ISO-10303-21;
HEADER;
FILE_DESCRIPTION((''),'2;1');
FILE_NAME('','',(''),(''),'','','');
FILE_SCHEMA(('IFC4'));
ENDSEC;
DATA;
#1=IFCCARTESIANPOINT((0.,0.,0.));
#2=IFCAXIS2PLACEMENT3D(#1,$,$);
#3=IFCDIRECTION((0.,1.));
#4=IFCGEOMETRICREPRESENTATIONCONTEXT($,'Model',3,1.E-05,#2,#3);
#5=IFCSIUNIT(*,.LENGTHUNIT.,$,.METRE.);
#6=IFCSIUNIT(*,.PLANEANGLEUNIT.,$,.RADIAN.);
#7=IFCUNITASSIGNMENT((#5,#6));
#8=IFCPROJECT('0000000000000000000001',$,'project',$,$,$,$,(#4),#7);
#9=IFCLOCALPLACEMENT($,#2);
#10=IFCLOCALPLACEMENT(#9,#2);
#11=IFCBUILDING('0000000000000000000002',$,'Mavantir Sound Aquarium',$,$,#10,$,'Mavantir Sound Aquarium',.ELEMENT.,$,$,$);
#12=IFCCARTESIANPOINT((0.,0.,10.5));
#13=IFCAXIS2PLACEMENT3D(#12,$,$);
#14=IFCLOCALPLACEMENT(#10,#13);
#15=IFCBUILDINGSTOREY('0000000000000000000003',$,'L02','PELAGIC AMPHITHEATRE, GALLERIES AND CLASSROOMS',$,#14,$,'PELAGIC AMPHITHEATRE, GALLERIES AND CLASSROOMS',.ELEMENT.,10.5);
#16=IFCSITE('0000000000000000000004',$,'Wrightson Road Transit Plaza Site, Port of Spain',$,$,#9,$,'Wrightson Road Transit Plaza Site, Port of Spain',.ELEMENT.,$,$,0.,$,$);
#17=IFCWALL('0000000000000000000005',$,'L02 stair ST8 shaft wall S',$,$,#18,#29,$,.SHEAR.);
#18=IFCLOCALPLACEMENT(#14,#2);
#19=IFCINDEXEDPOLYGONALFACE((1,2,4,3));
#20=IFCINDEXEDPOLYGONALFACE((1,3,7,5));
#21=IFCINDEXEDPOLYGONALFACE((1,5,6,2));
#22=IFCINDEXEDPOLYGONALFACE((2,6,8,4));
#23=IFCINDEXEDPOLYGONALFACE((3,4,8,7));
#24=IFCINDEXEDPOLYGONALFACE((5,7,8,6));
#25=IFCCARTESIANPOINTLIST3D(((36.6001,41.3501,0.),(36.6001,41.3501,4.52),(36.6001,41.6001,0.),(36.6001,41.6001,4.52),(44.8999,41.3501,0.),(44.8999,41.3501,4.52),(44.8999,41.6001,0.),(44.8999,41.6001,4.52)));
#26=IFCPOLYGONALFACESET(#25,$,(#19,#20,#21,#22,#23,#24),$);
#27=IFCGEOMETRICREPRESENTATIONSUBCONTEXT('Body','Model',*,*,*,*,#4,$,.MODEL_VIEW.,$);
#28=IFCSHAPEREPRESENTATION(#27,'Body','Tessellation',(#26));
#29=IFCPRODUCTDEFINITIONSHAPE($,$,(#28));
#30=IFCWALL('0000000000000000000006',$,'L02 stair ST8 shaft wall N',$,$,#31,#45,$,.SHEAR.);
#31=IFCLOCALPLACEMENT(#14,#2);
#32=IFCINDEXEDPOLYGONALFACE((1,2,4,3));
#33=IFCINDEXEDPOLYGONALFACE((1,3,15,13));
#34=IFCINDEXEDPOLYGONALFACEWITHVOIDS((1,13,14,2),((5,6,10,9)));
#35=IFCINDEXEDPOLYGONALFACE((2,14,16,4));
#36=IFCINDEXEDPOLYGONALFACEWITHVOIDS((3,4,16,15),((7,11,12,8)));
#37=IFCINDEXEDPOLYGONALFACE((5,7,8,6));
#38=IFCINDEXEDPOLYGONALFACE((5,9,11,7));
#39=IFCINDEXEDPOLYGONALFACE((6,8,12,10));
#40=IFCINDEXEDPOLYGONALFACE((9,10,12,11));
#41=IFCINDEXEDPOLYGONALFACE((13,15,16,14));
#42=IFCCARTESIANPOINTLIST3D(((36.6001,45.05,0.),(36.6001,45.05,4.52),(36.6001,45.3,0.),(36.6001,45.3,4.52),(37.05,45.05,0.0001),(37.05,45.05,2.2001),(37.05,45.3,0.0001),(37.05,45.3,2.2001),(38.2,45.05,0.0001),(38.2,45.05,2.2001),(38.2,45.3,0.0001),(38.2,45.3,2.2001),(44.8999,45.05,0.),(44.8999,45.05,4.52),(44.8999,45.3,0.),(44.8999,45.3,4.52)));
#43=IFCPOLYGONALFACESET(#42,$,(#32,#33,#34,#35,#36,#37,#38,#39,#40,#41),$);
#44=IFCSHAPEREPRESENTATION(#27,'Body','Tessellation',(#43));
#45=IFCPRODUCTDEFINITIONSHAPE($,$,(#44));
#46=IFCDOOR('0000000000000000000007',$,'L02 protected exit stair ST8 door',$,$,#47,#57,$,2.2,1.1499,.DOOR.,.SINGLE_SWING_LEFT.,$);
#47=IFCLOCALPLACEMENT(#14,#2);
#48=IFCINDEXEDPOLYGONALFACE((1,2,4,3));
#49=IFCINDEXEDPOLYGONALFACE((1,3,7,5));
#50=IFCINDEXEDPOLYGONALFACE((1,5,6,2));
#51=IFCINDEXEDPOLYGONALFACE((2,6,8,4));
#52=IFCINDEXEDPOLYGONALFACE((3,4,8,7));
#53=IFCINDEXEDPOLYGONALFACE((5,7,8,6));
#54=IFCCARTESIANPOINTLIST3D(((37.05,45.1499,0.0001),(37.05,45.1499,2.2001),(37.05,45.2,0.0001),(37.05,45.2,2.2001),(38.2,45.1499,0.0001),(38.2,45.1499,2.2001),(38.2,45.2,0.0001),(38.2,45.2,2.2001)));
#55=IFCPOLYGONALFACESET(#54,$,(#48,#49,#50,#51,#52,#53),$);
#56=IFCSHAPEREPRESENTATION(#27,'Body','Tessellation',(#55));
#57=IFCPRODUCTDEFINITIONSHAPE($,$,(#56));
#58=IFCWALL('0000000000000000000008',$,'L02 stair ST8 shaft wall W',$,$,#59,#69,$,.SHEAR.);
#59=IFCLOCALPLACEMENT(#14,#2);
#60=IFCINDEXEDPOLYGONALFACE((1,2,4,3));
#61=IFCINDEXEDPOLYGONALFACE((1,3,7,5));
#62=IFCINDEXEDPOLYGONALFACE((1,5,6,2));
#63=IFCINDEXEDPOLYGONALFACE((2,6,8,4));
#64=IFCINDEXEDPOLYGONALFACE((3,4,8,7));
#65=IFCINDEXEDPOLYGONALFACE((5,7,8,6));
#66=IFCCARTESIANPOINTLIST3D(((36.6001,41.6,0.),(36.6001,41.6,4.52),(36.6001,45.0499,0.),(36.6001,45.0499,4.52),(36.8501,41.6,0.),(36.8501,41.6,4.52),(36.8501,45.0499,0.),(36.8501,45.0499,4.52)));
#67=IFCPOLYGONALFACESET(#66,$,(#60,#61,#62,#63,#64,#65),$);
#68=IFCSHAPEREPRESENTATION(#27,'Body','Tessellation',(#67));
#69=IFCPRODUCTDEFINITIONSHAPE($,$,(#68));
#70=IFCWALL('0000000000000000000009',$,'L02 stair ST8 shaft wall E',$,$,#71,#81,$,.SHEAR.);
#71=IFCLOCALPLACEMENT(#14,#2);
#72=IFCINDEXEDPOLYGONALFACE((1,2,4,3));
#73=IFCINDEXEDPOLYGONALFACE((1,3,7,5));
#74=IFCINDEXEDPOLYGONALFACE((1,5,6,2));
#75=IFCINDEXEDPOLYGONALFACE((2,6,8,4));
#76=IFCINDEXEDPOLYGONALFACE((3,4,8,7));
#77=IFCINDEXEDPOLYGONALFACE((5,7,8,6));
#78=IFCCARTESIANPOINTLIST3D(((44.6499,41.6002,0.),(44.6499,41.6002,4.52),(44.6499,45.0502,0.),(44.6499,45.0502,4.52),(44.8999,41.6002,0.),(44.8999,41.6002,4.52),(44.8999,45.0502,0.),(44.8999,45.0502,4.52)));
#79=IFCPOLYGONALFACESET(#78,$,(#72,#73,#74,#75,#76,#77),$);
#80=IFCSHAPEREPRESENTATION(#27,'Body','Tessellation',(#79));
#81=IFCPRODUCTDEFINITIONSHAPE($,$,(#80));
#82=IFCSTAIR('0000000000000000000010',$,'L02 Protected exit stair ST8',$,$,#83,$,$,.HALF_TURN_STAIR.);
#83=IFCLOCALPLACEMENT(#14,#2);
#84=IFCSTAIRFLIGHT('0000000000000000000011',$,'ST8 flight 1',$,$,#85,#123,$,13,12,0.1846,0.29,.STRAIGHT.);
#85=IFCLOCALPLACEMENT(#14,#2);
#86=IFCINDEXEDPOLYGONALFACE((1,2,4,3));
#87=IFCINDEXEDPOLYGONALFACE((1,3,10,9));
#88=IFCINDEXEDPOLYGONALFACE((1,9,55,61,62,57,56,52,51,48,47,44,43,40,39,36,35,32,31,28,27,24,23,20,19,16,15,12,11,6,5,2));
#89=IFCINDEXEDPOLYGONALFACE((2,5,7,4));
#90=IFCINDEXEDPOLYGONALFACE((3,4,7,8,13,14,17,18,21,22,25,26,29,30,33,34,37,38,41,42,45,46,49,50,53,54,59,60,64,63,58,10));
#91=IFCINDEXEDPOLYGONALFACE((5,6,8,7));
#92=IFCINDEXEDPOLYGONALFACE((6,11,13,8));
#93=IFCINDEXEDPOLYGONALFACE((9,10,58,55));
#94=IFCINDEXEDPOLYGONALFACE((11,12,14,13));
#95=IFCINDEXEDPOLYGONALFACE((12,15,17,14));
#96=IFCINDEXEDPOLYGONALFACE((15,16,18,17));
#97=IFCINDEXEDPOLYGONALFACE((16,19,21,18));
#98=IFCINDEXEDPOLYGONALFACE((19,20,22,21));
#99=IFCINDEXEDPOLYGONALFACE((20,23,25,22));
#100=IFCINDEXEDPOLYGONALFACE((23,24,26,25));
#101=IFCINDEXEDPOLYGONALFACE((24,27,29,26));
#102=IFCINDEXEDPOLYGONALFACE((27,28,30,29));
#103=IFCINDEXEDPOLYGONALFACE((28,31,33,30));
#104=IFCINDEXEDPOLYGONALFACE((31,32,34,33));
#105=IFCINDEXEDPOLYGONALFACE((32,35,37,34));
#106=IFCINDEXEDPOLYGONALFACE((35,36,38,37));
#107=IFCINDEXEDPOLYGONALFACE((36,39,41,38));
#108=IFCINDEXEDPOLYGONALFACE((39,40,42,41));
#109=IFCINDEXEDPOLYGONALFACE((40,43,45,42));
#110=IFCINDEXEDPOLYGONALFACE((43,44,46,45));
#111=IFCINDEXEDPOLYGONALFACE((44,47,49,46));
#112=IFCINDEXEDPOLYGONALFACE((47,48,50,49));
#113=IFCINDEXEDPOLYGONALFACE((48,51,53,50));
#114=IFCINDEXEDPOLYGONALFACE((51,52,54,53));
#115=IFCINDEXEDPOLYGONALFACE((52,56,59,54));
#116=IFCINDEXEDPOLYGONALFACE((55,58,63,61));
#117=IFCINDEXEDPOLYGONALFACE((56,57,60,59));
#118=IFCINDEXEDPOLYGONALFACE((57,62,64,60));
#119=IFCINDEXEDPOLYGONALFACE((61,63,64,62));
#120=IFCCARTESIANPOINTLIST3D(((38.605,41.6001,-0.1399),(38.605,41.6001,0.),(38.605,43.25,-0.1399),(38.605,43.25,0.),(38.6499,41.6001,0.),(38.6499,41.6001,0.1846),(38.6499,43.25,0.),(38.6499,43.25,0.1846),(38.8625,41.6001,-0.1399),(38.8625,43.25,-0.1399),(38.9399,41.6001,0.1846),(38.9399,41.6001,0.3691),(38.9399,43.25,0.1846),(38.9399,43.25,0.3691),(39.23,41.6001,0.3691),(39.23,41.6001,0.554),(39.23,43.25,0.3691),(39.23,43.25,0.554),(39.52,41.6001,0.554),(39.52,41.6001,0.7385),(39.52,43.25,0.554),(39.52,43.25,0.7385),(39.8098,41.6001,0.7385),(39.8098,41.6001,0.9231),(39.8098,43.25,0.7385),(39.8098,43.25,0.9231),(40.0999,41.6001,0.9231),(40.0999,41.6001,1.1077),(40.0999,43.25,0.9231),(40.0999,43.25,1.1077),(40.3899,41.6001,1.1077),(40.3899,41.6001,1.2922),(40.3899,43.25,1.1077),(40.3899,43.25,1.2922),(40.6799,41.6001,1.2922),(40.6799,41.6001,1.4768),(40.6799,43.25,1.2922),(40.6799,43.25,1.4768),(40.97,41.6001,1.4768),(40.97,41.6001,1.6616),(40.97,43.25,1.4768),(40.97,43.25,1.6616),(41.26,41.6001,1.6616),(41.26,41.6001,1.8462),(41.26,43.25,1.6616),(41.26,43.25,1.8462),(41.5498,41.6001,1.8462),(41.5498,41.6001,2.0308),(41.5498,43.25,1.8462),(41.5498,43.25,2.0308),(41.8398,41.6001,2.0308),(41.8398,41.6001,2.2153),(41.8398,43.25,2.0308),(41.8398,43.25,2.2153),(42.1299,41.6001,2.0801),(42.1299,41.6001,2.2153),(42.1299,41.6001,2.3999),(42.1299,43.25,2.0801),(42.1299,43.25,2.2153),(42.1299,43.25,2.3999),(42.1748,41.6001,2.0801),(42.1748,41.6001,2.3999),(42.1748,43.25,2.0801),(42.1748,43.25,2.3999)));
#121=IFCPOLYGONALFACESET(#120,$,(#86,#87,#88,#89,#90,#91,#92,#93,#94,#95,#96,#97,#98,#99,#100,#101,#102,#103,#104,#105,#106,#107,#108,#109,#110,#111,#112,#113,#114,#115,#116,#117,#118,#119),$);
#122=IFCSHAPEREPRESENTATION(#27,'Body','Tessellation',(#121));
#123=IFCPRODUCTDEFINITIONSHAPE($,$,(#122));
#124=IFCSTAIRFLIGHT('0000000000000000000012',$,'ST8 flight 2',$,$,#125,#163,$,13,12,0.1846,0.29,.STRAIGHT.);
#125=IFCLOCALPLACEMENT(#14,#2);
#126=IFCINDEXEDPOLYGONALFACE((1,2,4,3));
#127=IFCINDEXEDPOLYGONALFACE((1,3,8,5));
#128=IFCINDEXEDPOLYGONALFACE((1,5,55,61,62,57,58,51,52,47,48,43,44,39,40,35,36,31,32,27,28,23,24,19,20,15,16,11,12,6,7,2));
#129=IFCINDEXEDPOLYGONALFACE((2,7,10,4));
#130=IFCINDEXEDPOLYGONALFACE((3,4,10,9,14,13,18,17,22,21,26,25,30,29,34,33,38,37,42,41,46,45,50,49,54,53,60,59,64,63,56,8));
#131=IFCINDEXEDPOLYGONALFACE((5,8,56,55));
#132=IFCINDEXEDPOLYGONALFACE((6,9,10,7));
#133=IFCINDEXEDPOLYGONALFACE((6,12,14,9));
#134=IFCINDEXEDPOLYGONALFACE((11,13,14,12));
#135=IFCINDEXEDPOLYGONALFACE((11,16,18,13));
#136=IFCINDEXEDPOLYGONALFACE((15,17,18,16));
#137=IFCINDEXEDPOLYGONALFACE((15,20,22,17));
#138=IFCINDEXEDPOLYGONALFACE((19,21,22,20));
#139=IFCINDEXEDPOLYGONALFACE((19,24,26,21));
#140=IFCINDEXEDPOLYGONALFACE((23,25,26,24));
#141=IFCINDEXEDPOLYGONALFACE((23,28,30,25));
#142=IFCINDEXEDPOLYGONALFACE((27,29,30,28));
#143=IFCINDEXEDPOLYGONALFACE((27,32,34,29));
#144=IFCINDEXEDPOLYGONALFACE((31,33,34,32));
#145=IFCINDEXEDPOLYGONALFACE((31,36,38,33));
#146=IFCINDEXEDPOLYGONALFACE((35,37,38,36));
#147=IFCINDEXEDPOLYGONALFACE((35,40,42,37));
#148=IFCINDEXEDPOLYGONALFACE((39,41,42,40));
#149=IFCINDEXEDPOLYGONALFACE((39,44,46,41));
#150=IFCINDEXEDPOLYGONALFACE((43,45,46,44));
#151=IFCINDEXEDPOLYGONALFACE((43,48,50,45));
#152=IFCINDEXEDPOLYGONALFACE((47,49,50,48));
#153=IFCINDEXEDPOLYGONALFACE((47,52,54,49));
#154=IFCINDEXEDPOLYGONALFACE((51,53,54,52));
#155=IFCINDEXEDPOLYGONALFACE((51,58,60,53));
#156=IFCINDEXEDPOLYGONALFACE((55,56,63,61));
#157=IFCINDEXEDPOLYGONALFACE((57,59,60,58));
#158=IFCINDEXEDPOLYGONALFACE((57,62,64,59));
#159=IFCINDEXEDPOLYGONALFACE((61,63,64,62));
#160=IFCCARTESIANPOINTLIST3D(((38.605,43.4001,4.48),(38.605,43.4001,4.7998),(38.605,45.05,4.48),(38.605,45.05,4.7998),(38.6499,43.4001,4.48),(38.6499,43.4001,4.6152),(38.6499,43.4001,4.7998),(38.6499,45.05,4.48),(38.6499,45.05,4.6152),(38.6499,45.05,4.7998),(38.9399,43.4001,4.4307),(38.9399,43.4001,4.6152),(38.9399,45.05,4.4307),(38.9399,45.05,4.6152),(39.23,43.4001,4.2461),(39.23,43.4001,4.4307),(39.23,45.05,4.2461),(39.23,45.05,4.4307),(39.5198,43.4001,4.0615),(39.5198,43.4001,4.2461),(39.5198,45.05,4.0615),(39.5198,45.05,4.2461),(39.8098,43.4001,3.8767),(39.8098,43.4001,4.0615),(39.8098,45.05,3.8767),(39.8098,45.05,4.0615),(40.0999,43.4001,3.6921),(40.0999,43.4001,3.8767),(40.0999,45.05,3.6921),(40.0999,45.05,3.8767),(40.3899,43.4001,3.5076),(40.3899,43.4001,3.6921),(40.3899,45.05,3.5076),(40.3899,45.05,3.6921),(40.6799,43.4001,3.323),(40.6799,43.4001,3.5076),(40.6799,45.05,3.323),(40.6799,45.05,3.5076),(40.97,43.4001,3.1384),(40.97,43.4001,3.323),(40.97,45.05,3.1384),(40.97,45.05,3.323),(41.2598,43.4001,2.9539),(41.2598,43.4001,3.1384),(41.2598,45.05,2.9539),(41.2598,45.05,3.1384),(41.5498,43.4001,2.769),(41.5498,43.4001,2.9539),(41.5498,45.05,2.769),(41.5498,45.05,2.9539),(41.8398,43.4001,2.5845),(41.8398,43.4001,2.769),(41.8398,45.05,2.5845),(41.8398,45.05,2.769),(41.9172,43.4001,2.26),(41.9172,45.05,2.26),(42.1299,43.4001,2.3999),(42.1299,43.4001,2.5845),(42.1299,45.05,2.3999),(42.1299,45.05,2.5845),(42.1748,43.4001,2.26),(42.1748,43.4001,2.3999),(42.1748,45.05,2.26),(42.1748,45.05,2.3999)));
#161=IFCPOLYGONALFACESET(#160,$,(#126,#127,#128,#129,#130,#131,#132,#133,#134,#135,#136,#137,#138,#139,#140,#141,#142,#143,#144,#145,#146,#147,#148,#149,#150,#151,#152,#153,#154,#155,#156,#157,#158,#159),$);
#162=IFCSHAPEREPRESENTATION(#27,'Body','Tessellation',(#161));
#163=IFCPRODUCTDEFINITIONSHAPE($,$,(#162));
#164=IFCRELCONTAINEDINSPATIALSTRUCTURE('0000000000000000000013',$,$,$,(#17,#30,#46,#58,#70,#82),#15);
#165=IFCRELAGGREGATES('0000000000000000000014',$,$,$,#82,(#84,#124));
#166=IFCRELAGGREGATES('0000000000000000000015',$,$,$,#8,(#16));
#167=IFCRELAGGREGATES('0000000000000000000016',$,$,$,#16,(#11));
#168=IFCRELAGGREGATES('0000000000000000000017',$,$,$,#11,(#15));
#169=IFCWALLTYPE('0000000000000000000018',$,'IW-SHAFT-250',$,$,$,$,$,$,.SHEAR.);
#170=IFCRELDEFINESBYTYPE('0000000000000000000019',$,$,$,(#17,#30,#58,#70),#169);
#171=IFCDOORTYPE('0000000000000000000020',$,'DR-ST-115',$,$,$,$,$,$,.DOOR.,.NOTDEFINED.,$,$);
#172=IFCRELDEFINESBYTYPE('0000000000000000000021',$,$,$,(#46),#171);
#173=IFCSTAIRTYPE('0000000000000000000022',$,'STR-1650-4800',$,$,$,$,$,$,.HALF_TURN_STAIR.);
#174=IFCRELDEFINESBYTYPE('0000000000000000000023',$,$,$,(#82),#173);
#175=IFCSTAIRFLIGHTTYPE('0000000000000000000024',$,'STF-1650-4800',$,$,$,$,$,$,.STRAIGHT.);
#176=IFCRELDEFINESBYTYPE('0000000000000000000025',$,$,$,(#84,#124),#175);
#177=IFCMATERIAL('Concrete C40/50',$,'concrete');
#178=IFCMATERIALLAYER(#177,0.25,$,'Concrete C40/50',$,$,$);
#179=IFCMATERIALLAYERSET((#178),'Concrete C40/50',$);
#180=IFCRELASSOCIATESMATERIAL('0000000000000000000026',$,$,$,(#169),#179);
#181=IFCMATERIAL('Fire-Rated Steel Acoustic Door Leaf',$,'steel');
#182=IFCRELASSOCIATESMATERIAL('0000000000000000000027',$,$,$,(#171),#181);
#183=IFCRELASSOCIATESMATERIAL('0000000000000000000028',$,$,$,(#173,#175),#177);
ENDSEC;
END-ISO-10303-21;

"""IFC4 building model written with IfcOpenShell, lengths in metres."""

from ifc_helpers import new_model, si_unit, direction, frame, frame_2d, origin, place, context, subcontext, project, spatial, polyline, rectangle, outline, extrude, material, layer, layer_set, type_object, element, fill, aggregate, save


model = new_model("IFC4")

# Units and contexts
model_context = context("Model", 3, precision=1e-05, world=origin(), true_north=direction((0.0, 1.0)))
body_context = subcontext(model_context, "Body", "Model", "MODEL_VIEW")
ifc_project = project(units=[si_unit("LENGTHUNIT", "METRE"), si_unit("PLANEANGLEUNIT", "RADIAN")], contexts=[model_context])

# Site, building, storey
site_placement = place(None, origin())
site = spatial("IfcSite", under=ifc_project, at=site_placement, Name="Wrightson Road Transit Plaza Site, Port of Spain", LongName="Wrightson Road Transit Plaza Site, Port of Spain", CompositionType="ELEMENT", RefElevation=0.0)
building_placement = place(site_placement, origin())
building = spatial("IfcBuilding", under=site, at=building_placement, Name="Mavantir Sound Aquarium", LongName="Mavantir Sound Aquarium", CompositionType="ELEMENT")
storey_placement = place(building_placement, frame((0.0, 0.0, 10.5)))
storey = spatial("IfcBuildingStorey", under=building, at=storey_placement, Name="L02", Description="PELAGIC AMPHITHEATRE, GALLERIES AND CLASSROOMS", LongName="PELAGIC AMPHITHEATRE, GALLERIES AND CLASSROOMS", CompositionType="ELEMENT", Elevation=10.5)

# Shared definitions
ifc_material_1 = material(Name="Concrete C40/50", Category="concrete")

# Wall
ifc_layer_1 = layer(ifc_material_1, 0.25, Name="Concrete C40/50")
ifc_layer_set_1 = layer_set([ifc_layer_1], Name="Concrete C40/50")
wall_type_1 = type_object("IfcWallType", Name="IW-SHAFT-250", PredefinedType="SHEAR", material=ifc_layer_set_1)
wall_1_placement = place(storey_placement, frame((36.6001, 41.4751, 0.0), z_axis=(0.0, 0.0, 1.0), x_axis=(1.0, 0.0, 0.0)))
element("IfcWall", 1, at=wall_1_placement, inside=storey, type_object=wall_type_1, Name="L02 stair ST8 shaft wall S", PredefinedType="SHEAR", context=body_context, shape_type="SweptSolid", body=[
    extrude(rectangle(XDim=8.2998, YDim=0.25, at=frame_2d((4.1499, 0.0))), origin(), (0.0, 0.0, 1.0), 4.52),
])

# Wall, opening, door
wall_2_placement = place(storey_placement, frame((44.8999, 45.175, 0.0), z_axis=(0.0, 0.0, 1.0), x_axis=(-1.0, 0.0, 0.0)))
wall_2 = element("IfcWall", 2, at=wall_2_placement, inside=storey, type_object=wall_type_1, Name="L02 stair ST8 shaft wall N", PredefinedType="SHEAR", context=body_context, shape_type="SweptSolid", body=[
    extrude(rectangle(XDim=8.2998, YDim=0.25, at=frame_2d((4.1499, 0.0))), origin(), (0.0, 0.0, 1.0), 4.52),
])
opening_1_placement = place(wall_2_placement, frame((7.8499, 0.0, 0.0), z_axis=(0.0, 0.0, 1.0), x_axis=(-1.0, 0.0, 0.0)))
opening_1 = element("IfcOpeningElement", 3, at=opening_1_placement, cuts=wall_2, PredefinedType="OPENING", context=body_context, shape_type="SweptSolid", body=[
    extrude(rectangle(XDim=1.1499, YDim=2.2, at=frame_2d((0.575, 1.1001))), frame((0.0, 0.135, 0.0), z_axis=(0.0, -1.0, 0.0), x_axis=(1.0, 0.0, 0.0)), (0.0, 0.0, 1.0), 0.27),
])
ifc_material_2 = material(Name="Fire-Rated Steel Acoustic Door Leaf", Category="steel")
door_type = type_object("IfcDoorType", Name="DR-ST-115", OperationType="NOTDEFINED", PredefinedType="DOOR", material=ifc_material_2)
door_placement = place(opening_1_placement, origin())
door = element("IfcDoor", 4, at=door_placement, inside=storey, type_object=door_type, Name="L02 protected exit stair ST8 door", OperationType="SINGLE_SWING_LEFT", OverallHeight=2.2, OverallWidth=1.1499, PredefinedType="DOOR", context=body_context, shape_type="SweptSolid", body=[
    extrude(rectangle(XDim=1.1499, YDim=2.2, at=frame_2d((0.575, 1.1001))), frame((0.0, 0.0249, 0.0), z_axis=(0.0, -1.0, 0.0), x_axis=(1.0, 0.0, 0.0)), (0.0, 0.0, 1.0), 0.05),
])
fill(opening_1, door)

# Walls
for number, where, z_axis, x_axis, name in (
    (5, (36.7251, 45.05, 0.0), (0.0, 0.0, 1.0), (0.0, -1.0, 0.0), "L02 stair ST8 shaft wall W"),
    (6, (44.7749, 41.6001, 0.0), (0.0, 0.0, 1.0), (0.0, 1.0, 0.0), "L02 stair ST8 shaft wall E"),
):
    element("IfcWall", number, at=place(storey_placement, frame(where, z_axis=z_axis, x_axis=x_axis)), inside=storey, type_object=wall_type_1, Name=name, PredefinedType="SHEAR", context=body_context, shape_type="SweptSolid", body=[
        extrude(rectangle(XDim=3.45, YDim=0.25, at=frame_2d((1.7251, 0.0))), origin(), (0.0, 0.0, 1.0), 4.52),
    ])

# Stair, stair flights
stair_type = type_object("IfcStairType", Name="STR-1650-4800", PredefinedType="HALF_TURN_STAIR", material=ifc_material_1)
stair_placement = place(storey_placement, origin())
stair = element("IfcStair", 7, at=stair_placement, inside=storey, type_object=stair_type, Name="L02 Protected exit stair ST8", PredefinedType="HALF_TURN_STAIR")
stair_flight_type = type_object("IfcStairFlightType", Name="STF-1650-4800", PredefinedType="STRAIGHT", material=ifc_material_1)
stair_flight_1_placement = place(storey_placement, frame((38.6499, 42.425, 0.0), z_axis=(0.0, 0.0, 1.0), x_axis=(1.0, 0.0, 0.0)))
stair_flight_1 = element("IfcStairFlight", 8, at=stair_flight_1_placement, type_object=stair_flight_type, Name="ST8 flight 1", NumberOfRisers=13, NumberOfTreads=12, PredefinedType="STRAIGHT", RiserHeight=0.1846, TreadLength=0.29, context=body_context, shape_type="SweptSolid", body=[
    extrude(outline(polyline([(-0.0449, -0.1399), (-0.0449, 0.0), (0.0, 0.0), (0.0, 0.1846), (0.29, 0.1846), (0.29, 0.3691), (0.5801, 0.3691), (0.5801, 0.554), (0.8701, 0.554), (0.8701, 0.7385), (1.1599, 0.7385), (1.1599, 0.9231), (1.45, 0.9231), (1.45, 1.1077), (1.74, 1.1077), (1.74, 1.2922), (2.03, 1.2922), (2.03, 1.4768), (2.3201, 1.4768), (2.3201, 1.6616), (2.6101, 1.6616), (2.6101, 1.8462), (2.8999, 1.8462), (2.8999, 2.0308), (3.1899, 2.0308), (3.1899, 2.2153), (3.48, 2.2153), (3.48, 2.3999), (3.5249, 2.3999), (3.5249, 2.0801), (3.48, 2.0801), (0.2126, -0.1399), (-0.0449, -0.1399)])), frame((0.0, 0.825, 0.0), z_axis=(0.0, -1.0, 0.0), x_axis=(1.0, 0.0, 0.0)), (0.0, 0.0, 1.0), 1.6499),
])
stair_flight_2_placement = place(storey_placement, frame((42.1299, 44.2251, 2.3999), z_axis=(0.0, 0.0, 1.0), x_axis=(-1.0, 0.0, 0.0)))
stair_flight_2 = element("IfcStairFlight", 9, at=stair_flight_2_placement, type_object=stair_flight_type, Name="ST8 flight 2", NumberOfRisers=13, NumberOfTreads=12, PredefinedType="STRAIGHT", RiserHeight=0.1846, TreadLength=0.29, context=body_context, shape_type="SweptSolid", body=[
    extrude(outline(polyline([(-0.0449, -0.1399), (-0.0449, 0.0), (0.0, 0.0), (0.0, 0.1846), (0.29, 0.1846), (0.29, 0.3691), (0.5801, 0.3691), (0.5801, 0.554), (0.8701, 0.554), (0.8701, 0.7385), (1.1599, 0.7385), (1.1599, 0.9231), (1.45, 0.9231), (1.45, 1.1077), (1.74, 1.1077), (1.74, 1.2922), (2.03, 1.2922), (2.03, 1.4768), (2.3201, 1.4768), (2.3201, 1.6616), (2.6101, 1.6616), (2.6101, 1.8462), (2.8999, 1.8462), (2.8999, 2.0308), (3.1899, 2.0308), (3.1899, 2.2153), (3.48, 2.2153), (3.48, 2.3999), (3.5249, 2.3999), (3.5249, 2.0801), (3.48, 2.0801), (0.2126, -0.1399), (-0.0449, -0.1399)])), frame((0.0, 0.825, 0.0), z_axis=(0.0, -1.0, 0.0), x_axis=(1.0, 0.0, 0.0)), (0.0, 0.0, 1.0), 1.6499),
])
aggregate(stair, [stair_flight_1, stair_flight_2])

save(model, "model.ifc")
